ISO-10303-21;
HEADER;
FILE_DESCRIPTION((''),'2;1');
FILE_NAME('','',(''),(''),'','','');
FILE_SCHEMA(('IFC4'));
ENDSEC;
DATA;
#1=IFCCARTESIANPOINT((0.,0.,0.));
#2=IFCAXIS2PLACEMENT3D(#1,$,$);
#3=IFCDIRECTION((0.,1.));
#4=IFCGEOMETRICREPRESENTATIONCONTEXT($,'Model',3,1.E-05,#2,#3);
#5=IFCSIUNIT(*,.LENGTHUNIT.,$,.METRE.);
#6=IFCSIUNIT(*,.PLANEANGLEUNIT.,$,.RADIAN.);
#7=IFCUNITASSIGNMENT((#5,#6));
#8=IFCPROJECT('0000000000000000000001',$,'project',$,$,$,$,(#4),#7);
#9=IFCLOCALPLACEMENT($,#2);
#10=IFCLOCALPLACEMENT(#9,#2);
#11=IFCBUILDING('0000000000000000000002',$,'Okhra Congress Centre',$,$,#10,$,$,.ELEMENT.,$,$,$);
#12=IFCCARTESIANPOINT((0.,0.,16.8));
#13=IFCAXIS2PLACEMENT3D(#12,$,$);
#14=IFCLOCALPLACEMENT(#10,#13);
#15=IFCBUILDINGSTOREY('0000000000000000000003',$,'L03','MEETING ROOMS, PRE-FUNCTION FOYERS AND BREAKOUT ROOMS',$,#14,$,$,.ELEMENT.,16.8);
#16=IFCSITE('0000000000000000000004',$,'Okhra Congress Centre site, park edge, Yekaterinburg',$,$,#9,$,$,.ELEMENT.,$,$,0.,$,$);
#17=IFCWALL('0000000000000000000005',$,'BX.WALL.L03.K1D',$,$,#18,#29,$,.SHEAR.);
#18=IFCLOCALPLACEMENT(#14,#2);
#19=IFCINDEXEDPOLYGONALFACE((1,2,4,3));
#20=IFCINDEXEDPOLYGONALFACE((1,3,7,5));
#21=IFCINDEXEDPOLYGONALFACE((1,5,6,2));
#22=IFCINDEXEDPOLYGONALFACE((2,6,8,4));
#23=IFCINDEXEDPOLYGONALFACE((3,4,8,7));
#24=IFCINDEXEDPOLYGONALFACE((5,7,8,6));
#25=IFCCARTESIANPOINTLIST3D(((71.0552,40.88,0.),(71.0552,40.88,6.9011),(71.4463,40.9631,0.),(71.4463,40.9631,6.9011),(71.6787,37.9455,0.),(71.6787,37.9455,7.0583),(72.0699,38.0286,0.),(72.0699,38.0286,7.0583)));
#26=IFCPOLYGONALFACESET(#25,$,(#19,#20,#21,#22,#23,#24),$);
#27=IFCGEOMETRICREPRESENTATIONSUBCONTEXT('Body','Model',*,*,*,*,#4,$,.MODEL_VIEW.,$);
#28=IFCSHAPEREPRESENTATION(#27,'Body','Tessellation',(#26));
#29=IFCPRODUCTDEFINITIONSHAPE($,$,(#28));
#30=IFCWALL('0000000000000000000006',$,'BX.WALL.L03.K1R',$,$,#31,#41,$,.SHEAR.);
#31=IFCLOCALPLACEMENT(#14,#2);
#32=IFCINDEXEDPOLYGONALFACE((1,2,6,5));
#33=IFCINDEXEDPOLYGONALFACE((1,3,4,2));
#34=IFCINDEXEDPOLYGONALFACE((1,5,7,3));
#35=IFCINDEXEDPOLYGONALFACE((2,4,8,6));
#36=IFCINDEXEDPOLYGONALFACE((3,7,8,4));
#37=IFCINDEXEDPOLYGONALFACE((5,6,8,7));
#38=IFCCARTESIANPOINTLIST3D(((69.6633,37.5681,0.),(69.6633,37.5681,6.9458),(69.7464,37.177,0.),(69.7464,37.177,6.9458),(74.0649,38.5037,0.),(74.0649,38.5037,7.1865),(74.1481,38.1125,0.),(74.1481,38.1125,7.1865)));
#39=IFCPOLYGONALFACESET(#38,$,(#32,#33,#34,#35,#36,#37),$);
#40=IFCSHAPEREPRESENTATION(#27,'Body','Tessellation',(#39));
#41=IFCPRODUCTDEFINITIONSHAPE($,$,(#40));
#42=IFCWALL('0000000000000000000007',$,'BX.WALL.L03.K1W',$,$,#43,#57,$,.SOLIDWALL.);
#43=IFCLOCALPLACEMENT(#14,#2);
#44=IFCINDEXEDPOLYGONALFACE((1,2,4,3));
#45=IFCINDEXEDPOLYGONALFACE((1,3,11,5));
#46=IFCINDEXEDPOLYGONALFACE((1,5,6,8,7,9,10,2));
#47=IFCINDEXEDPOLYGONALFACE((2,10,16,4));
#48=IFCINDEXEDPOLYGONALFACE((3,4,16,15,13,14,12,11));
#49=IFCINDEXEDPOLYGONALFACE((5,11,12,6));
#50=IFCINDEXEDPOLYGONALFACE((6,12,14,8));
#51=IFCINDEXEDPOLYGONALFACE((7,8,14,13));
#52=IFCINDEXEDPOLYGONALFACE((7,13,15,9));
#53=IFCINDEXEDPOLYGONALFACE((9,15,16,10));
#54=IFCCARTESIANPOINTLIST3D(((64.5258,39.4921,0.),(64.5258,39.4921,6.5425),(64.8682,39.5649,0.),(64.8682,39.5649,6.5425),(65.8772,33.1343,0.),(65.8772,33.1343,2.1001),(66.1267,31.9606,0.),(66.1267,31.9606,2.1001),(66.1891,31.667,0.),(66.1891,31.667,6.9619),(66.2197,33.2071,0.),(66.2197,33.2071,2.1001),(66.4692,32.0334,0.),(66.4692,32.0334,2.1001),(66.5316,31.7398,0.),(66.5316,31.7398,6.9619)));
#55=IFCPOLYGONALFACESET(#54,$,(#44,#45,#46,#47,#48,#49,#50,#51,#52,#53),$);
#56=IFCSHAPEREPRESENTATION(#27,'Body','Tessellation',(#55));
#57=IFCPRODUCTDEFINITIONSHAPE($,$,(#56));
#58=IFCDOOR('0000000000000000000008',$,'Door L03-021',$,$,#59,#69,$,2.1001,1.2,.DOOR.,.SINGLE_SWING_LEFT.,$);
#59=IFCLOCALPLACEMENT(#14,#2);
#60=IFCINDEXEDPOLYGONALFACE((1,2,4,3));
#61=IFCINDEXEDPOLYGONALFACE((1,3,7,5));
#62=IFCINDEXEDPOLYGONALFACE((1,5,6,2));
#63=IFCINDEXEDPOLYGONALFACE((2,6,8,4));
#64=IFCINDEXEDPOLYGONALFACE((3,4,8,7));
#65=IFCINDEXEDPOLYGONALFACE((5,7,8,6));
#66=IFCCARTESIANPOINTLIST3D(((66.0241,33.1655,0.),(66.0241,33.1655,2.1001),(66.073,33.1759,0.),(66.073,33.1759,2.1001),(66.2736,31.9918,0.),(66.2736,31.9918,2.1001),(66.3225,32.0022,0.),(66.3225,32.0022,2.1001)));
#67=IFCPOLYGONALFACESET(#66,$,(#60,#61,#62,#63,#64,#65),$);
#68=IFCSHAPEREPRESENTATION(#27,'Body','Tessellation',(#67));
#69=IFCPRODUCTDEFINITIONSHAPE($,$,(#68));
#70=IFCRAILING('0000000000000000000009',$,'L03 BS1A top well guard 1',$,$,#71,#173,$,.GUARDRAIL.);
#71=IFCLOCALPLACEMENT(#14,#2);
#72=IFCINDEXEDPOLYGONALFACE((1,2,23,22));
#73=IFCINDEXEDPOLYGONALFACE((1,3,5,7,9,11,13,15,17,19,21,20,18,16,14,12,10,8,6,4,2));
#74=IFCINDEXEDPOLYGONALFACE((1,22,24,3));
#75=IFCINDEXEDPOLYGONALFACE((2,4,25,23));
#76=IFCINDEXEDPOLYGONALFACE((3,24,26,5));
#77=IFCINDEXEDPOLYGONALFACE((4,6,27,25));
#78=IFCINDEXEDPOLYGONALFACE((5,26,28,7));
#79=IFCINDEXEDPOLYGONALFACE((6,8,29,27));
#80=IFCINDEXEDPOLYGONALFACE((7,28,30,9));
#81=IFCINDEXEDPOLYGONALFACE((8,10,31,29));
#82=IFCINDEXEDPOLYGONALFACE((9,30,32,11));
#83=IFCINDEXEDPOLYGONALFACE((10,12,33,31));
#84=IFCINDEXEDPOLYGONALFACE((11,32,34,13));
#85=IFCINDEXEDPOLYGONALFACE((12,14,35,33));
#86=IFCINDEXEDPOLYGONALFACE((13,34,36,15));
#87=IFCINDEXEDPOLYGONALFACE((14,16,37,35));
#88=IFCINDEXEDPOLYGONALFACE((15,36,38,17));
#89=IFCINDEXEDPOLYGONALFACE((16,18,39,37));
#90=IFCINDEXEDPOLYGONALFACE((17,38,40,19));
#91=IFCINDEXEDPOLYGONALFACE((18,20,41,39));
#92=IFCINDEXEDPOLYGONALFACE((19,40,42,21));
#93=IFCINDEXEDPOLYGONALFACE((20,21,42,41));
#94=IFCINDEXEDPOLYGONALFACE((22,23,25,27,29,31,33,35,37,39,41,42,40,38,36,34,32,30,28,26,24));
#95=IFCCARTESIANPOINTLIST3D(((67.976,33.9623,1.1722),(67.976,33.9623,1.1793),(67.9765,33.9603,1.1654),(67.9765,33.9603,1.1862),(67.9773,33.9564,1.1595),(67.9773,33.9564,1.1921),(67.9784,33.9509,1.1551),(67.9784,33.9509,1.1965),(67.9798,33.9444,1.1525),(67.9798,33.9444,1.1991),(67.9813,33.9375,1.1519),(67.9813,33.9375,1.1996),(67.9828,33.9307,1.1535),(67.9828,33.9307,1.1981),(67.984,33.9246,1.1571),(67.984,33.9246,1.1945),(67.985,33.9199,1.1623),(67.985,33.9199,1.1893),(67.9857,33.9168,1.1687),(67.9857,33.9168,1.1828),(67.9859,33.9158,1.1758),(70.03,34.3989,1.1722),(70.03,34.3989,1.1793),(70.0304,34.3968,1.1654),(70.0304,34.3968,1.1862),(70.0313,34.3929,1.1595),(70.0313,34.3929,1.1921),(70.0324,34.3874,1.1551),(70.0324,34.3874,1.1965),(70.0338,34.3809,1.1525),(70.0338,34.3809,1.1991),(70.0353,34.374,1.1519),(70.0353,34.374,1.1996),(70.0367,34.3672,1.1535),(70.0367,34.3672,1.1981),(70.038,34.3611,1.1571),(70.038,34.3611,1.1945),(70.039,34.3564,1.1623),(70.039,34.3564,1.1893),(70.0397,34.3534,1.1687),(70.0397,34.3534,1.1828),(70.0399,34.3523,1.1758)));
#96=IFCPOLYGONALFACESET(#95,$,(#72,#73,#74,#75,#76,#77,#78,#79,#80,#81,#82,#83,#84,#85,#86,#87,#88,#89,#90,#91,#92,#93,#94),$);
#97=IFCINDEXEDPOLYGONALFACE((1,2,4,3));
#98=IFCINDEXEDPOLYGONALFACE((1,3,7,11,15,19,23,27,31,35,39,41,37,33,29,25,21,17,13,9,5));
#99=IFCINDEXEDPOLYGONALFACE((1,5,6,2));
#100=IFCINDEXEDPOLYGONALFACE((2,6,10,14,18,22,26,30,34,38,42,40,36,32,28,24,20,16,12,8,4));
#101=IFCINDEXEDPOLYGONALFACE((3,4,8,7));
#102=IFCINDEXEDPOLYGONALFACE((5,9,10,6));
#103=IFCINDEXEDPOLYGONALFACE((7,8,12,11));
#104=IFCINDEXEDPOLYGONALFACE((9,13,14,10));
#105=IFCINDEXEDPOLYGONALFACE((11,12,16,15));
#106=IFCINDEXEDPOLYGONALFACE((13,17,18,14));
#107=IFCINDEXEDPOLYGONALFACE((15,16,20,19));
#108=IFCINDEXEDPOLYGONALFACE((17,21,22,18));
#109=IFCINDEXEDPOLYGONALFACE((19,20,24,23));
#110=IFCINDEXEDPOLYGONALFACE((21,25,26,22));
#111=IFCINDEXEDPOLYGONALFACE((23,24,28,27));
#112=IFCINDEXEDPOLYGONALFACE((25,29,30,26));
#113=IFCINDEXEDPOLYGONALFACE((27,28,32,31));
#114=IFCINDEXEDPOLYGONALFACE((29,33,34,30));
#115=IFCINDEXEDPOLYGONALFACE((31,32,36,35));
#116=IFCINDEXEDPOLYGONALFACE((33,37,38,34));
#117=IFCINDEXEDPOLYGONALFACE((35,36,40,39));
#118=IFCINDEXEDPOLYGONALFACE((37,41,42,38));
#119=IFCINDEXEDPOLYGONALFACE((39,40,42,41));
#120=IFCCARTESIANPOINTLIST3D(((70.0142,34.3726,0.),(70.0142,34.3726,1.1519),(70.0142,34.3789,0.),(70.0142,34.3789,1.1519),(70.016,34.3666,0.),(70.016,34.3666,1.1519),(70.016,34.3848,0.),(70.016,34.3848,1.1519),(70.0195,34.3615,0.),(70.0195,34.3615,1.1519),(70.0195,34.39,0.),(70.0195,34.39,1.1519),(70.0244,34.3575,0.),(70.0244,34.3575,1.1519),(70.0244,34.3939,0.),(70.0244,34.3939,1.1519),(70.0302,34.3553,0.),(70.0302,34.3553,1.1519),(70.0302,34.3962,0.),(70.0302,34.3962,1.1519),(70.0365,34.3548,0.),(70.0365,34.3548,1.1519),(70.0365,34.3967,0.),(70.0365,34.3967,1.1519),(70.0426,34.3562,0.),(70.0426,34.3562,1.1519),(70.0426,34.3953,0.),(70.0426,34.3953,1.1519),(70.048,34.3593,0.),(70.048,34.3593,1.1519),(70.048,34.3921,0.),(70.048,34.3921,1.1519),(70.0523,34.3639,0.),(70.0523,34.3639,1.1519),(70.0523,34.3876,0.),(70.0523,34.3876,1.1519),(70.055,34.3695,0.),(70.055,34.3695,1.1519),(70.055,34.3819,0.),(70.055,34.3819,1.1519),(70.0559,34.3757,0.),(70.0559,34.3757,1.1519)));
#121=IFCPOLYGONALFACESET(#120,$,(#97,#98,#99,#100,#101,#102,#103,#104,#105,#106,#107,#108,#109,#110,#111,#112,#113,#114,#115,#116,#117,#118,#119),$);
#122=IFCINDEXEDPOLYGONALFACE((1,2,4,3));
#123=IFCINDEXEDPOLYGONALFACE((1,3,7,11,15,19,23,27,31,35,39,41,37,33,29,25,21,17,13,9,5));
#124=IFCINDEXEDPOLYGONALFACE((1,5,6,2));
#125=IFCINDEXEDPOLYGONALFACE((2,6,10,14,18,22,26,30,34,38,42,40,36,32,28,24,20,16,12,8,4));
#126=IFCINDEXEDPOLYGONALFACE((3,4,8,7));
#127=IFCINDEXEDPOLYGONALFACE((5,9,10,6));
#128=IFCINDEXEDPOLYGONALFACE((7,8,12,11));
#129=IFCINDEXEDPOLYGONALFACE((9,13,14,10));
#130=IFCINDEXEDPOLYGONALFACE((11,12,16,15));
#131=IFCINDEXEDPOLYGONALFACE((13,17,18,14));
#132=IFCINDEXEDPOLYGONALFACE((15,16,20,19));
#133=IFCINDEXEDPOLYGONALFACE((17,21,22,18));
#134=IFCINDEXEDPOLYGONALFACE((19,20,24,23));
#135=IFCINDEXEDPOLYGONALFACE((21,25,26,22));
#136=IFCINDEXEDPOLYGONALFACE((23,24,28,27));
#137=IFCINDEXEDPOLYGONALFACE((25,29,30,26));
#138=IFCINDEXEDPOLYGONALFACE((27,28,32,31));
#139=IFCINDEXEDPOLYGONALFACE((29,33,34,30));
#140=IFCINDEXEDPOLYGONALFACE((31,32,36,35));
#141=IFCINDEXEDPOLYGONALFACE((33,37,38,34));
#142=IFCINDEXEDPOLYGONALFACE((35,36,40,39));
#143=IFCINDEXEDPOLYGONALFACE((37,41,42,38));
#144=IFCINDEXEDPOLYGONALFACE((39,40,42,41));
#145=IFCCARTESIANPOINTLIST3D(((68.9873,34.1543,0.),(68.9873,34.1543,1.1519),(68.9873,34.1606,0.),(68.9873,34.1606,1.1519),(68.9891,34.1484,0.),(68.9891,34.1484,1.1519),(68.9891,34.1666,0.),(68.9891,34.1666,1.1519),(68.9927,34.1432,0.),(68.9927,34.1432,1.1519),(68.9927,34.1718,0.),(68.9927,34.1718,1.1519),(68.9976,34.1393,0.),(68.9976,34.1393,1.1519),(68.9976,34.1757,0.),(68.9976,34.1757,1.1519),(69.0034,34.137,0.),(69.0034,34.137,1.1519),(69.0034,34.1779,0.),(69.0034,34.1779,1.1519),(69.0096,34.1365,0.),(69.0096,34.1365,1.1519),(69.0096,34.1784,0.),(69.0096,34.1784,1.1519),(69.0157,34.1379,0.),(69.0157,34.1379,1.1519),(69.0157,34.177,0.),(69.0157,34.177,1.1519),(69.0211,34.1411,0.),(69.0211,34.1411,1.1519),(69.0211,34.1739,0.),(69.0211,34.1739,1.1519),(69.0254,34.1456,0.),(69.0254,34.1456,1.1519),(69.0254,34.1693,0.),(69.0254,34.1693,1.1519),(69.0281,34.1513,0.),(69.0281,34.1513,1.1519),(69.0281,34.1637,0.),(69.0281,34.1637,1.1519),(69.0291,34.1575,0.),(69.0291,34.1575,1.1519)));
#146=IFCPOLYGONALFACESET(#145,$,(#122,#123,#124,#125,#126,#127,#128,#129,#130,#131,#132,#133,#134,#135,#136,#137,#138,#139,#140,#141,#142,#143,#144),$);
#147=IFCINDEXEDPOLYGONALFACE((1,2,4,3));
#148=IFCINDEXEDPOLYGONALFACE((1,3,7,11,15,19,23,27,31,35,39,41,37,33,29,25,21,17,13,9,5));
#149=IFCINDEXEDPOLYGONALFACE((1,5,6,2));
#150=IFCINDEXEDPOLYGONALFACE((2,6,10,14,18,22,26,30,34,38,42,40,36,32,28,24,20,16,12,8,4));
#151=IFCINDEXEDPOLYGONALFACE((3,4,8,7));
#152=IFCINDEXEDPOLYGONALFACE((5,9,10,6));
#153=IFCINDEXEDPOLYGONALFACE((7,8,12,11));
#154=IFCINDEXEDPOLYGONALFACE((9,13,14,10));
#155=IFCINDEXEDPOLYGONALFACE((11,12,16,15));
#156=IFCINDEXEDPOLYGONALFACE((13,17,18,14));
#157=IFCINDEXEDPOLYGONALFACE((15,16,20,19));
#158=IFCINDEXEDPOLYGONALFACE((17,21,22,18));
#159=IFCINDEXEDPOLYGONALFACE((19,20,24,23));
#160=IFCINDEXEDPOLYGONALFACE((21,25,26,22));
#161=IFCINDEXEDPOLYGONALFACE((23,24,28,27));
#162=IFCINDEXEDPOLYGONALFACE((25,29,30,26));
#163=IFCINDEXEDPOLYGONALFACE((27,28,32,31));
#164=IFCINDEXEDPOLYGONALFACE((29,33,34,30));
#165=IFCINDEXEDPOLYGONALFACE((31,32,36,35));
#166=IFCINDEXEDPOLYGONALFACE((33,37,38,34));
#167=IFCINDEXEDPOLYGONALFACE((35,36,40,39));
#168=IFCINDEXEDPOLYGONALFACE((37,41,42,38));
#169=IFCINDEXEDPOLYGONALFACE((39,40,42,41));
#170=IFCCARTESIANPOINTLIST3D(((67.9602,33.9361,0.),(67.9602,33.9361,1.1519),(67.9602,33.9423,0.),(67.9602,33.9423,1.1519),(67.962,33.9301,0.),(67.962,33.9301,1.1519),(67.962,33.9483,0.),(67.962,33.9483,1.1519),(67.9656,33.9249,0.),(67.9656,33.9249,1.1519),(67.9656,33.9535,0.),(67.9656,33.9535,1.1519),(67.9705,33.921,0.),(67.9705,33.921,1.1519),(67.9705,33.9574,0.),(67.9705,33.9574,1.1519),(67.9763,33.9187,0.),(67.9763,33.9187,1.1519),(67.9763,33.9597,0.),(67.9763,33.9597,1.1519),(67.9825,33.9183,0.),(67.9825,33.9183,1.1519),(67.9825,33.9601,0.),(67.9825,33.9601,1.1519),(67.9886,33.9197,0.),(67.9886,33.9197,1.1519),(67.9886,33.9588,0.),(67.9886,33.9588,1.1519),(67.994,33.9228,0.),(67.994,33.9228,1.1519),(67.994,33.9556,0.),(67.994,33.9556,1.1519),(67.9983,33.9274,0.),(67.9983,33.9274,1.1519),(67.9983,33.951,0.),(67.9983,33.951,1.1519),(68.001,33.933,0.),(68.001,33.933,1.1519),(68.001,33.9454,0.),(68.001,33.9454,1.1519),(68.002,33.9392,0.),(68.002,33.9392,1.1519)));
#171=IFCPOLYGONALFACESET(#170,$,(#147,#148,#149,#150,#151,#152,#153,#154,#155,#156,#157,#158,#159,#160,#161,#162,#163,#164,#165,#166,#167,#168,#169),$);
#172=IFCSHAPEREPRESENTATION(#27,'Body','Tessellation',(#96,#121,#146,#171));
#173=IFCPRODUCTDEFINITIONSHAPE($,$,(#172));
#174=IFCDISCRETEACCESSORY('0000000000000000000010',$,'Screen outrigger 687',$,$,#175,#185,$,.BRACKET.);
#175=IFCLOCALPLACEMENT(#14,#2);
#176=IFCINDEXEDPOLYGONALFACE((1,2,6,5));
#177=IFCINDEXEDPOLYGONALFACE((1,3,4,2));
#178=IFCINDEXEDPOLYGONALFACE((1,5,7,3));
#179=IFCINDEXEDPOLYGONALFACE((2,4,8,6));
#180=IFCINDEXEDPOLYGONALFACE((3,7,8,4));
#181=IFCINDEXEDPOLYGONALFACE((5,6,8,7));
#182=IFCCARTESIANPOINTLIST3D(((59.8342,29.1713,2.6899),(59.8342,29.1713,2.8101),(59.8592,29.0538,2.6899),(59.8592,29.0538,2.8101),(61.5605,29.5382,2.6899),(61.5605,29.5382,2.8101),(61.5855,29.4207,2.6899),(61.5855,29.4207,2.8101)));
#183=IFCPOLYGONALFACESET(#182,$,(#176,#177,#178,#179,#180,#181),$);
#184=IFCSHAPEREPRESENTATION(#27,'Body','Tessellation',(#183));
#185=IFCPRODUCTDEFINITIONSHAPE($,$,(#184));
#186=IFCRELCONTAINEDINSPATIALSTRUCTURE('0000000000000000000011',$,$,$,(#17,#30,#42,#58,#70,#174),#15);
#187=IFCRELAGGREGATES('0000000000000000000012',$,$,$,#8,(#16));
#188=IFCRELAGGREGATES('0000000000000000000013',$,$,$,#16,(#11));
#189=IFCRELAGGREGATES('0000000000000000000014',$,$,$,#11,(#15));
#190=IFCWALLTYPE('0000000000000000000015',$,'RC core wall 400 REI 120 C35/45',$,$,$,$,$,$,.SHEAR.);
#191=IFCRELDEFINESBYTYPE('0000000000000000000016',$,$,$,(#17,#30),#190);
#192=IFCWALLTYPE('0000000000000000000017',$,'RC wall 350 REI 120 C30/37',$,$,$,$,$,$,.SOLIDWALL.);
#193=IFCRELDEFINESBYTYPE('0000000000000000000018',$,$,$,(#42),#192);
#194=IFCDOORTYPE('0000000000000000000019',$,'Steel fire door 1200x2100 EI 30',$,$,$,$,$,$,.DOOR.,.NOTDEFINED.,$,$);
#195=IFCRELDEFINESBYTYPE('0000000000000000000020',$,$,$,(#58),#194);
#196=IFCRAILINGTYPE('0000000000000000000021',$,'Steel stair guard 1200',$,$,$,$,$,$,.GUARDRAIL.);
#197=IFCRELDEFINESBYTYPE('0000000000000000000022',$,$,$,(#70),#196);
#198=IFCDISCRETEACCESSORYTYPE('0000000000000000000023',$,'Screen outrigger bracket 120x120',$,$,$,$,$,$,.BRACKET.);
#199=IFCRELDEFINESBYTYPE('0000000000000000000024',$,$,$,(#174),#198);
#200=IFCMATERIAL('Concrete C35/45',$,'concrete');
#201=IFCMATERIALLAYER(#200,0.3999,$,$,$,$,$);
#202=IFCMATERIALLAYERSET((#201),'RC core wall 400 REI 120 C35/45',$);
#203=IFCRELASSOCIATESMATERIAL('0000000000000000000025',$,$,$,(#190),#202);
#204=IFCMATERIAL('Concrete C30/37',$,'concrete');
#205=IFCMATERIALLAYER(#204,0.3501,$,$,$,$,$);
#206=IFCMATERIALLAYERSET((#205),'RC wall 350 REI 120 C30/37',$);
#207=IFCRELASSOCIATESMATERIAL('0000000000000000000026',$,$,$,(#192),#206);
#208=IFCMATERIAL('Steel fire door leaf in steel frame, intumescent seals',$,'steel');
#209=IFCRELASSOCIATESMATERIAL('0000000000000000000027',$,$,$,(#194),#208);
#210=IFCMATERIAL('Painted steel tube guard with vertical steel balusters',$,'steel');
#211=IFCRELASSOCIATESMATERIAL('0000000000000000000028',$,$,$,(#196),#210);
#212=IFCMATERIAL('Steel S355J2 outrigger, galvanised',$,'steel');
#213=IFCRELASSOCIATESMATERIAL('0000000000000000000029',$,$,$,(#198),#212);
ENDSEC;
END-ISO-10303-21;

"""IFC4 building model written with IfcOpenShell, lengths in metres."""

from ifc_helpers import new_model, si_unit, direction, frame, frame_2d, origin, origin_2d, place, context, subcontext, project, spatial, polyline, rectangle, circle, outline, extrude, material, layer, layer_set, material_profile, profile_set, type_object, element, fill, save


model = new_model("IFC4")

# Units and contexts
model_context = context("Model", 3, precision=1e-05, world=origin(), true_north=direction((0.0, 1.0)))
body_context = subcontext(model_context, "Body", "Model", "MODEL_VIEW")
ifc_project = project(units=[si_unit("LENGTHUNIT", "METRE"), si_unit("PLANEANGLEUNIT", "RADIAN")], contexts=[model_context])

# Site, building, storey
site_placement = place(None, origin())
site = spatial("IfcSite", under=ifc_project, at=site_placement, Name="Okhra Congress Centre site, park edge, Yekaterinburg", CompositionType="ELEMENT", RefElevation=0.0)
building_placement = place(site_placement, origin())
building = spatial("IfcBuilding", under=site, at=building_placement, Name="Okhra Congress Centre", CompositionType="ELEMENT")
storey_placement = place(building_placement, frame((0.0, 0.0, 16.8)))
storey = spatial("IfcBuildingStorey", under=building, at=storey_placement, Name="L03", Description="MEETING ROOMS, PRE-FUNCTION FOYERS AND BREAKOUT ROOMS", CompositionType="ELEMENT", Elevation=16.8)

# Shared definitions
ifc_material_1 = material(Name="Concrete C35/45", Category="concrete")
ifc_material_2 = material(Name="Steel fire door leaf in steel frame, intumescent seals", Category="steel")

# Walls
ifc_layer_1 = layer(ifc_material_1, 0.3999)
ifc_layer_set_1 = layer_set([ifc_layer_1], Name="RC core wall 400 REI 120 C35/45")
wall_type_1 = type_object("IfcWallType", Name="RC core wall 400 REI 120 C35/45", PredefinedType="SHEAR", material=ifc_layer_set_1)
wall_1_placement = place(storey_placement, frame((71.8743, 37.9871, 0.0), z_axis=(0.0, 0.0, 1.0), x_axis=(-0.207839, 0.978163, 0.0)))
element("IfcWall", 1, at=wall_1_placement, inside=storey, type_object=wall_type_1, Name="BX.WALL.L03.K1D", PredefinedType="SHEAR", context=body_context, shape_type="SweptSolid", body=[
    extrude(outline(polyline([(0.0, 0.0), (3.0, 0.0), (3.0, 6.9011), (0.0, 7.0583), (0.0, 0.0)])), frame((0.0, 0.2, 0.0), z_axis=(0.0, -1.0, 0.0), x_axis=(1.0, 0.0, 0.0)), (0.0, 0.0, 1.0), 0.3999),
])
wall_2_placement = place(storey_placement, frame((69.7048, 37.3726, 0.0), z_axis=(0.0, 0.0, 1.0), x_axis=(0.97815, 0.207902, 0.0)))
element("IfcWall", 2, at=wall_2_placement, inside=storey, type_object=wall_type_1, Name="BX.WALL.L03.K1R", PredefinedType="SHEAR", context=body_context, shape_type="SweptSolid", body=[
    extrude(outline(polyline([(0.0, 0.0), (4.5, 0.0), (4.5, 7.1865), (0.0, 6.9458), (0.0, 0.0)])), frame((0.0, 0.2, 0.0), z_axis=(0.0, -1.0, 0.0), x_axis=(1.0, 0.0, 0.0)), (0.0, 0.0, 1.0), 0.3999),
])

# Wall, opening, door
ifc_material_3 = material(Name="Concrete C30/37", Category="concrete")
ifc_layer_2 = layer(ifc_material_3, 0.3501)
ifc_layer_set_2 = layer_set([ifc_layer_2], Name="RC wall 350 REI 120 C30/37")
wall_type_2 = type_object("IfcWallType", Name="RC wall 350 REI 120 C30/37", PredefinedType="SOLIDWALL", material=ifc_layer_set_2)
wall_3_placement = place(storey_placement, frame((66.3604, 31.7034, 0.0), z_axis=(0.0, 0.0, 1.0), x_axis=(-0.207916, 0.978147, 0.0)))
wall_3 = element("IfcWall", 3, at=wall_3_placement, inside=storey, type_object=wall_type_2, Name="BX.WALL.L03.K1W", PredefinedType="SOLIDWALL", context=body_context, shape_type="SweptSolid", body=[
    extrude(outline(polyline([(0.0, 0.0), (8.0, 0.0), (8.0, 6.5425), (0.0, 6.9619), (0.0, 0.0)])), frame((0.0, 0.175, 0.0), z_axis=(0.0, -1.0, 0.0), x_axis=(1.0, 0.0, 0.0)), (0.0, 0.0, 1.0), 0.3501),
])
opening_1_placement = place(wall_3_placement, frame((0.3, 0.0, 0.0)))
opening_1 = element("IfcOpeningElement", 4, at=opening_1_placement, cuts=wall_3, PredefinedType="OPENING", context=body_context, shape_type="SweptSolid", body=[
    extrude(rectangle(XDim=1.2, YDim=2.1001, at=frame_2d((0.6001, 1.05))), frame((0.0, 0.1851, 0.0), z_axis=(0.0, -1.0, 0.0), x_axis=(1.0, 0.0, 0.0)), (0.0, 0.0, 1.0), 0.3701),
])
door_type_1 = type_object("IfcDoorType", Name="Steel fire door 1200x2100 EI 30", OperationType="NOTDEFINED", PredefinedType="DOOR", material=ifc_material_2)
door_1_placement = place(opening_1_placement, origin())
door_1 = element("IfcDoor", 5, at=door_1_placement, inside=storey, type_object=door_type_1, Name="Door L03-021", OperationType="SINGLE_SWING_LEFT", OverallHeight=2.1001, OverallWidth=1.2, PredefinedType="DOOR", context=body_context, shape_type="SweptSolid", body=[
    extrude(rectangle(XDim=1.2, YDim=2.1001, at=frame_2d((0.6001, 1.05))), frame((0.0, 0.0249, 0.0), z_axis=(0.0, -1.0, 0.0), x_axis=(1.0, 0.0, 0.0)), (0.0, 0.0, 1.0), 0.05),
])
fill(opening_1, door_1)

# Railing
ifc_material_4 = material(Name="Painted steel tube guard with vertical steel balusters", Category="steel")
railing_type = type_object("IfcRailingType", Name="Steel stair guard 1200", PredefinedType="GUARDRAIL", material=ifc_material_4)
railing_placement = place(storey_placement, frame((70.0349, 34.3757, 0.0)))
element("IfcRailing", 6, at=railing_placement, inside=storey, type_object=railing_type, Name="L03 BS1A top well guard 1", PredefinedType="GUARDRAIL", context=body_context, shape_type="SweptSolid", body=[
    extrude(circle(Radius=0.0239, at=origin_2d()), frame((0.0, 0.0, 1.1758), z_axis=(-0.978153, -0.207885, 0.0), x_axis=(0.207885, -0.978153, 0.0)), (0.0, 0.0, 1.0), 2.0999),
    extrude(circle(Radius=0.021, at=origin_2d()), origin(), (0.0, 0.0, 1.0), 1.1519),
    extrude(circle(Radius=0.021, at=origin_2d()), frame((-1.0269, -0.2183, 0.0)), (0.0, 0.0, 1.0), 1.1519),
    extrude(circle(Radius=0.021, at=origin_2d()), frame((-2.054, -0.4365, 0.0)), (0.0, 0.0, 1.0), 1.1519),
])

# Discrete accessory
ifc_material_5 = material(Name="Steel S355J2 outrigger, galvanised", Category="steel")
ifc_material_profile_1 = material_profile(ifc_material_5, rectangle(XDim=0.1201, YDim=0.1201, at=origin_2d()), Name="Screen outrigger bracket 120x120")
ifc_profile_set_1 = profile_set([ifc_material_profile_1], Name="Steel S355J2 outrigger, galvanised")
discrete_accessory_type = type_object("IfcDiscreteAccessoryType", Name="Screen outrigger bracket 120x120", PredefinedType="BRACKET", material=ifc_profile_set_1)
discrete_accessory_placement = place(storey_placement, frame((61.573, 29.4795, 2.75), z_axis=(-0.978147, -0.207913, 0.0), x_axis=(0.207913, -0.978147, 0.0)))
element("IfcDiscreteAccessory", 7, at=discrete_accessory_placement, inside=storey, type_object=discrete_accessory_type, Name="Screen outrigger 687", PredefinedType="BRACKET", context=body_context, shape_type="SweptSolid", body=[
    extrude(rectangle(XDim=0.1201, YDim=0.1201, at=origin_2d()), origin(), (0.0, 0.0, 1.0), 1.7649),
])

save(model, "model.ifc")
